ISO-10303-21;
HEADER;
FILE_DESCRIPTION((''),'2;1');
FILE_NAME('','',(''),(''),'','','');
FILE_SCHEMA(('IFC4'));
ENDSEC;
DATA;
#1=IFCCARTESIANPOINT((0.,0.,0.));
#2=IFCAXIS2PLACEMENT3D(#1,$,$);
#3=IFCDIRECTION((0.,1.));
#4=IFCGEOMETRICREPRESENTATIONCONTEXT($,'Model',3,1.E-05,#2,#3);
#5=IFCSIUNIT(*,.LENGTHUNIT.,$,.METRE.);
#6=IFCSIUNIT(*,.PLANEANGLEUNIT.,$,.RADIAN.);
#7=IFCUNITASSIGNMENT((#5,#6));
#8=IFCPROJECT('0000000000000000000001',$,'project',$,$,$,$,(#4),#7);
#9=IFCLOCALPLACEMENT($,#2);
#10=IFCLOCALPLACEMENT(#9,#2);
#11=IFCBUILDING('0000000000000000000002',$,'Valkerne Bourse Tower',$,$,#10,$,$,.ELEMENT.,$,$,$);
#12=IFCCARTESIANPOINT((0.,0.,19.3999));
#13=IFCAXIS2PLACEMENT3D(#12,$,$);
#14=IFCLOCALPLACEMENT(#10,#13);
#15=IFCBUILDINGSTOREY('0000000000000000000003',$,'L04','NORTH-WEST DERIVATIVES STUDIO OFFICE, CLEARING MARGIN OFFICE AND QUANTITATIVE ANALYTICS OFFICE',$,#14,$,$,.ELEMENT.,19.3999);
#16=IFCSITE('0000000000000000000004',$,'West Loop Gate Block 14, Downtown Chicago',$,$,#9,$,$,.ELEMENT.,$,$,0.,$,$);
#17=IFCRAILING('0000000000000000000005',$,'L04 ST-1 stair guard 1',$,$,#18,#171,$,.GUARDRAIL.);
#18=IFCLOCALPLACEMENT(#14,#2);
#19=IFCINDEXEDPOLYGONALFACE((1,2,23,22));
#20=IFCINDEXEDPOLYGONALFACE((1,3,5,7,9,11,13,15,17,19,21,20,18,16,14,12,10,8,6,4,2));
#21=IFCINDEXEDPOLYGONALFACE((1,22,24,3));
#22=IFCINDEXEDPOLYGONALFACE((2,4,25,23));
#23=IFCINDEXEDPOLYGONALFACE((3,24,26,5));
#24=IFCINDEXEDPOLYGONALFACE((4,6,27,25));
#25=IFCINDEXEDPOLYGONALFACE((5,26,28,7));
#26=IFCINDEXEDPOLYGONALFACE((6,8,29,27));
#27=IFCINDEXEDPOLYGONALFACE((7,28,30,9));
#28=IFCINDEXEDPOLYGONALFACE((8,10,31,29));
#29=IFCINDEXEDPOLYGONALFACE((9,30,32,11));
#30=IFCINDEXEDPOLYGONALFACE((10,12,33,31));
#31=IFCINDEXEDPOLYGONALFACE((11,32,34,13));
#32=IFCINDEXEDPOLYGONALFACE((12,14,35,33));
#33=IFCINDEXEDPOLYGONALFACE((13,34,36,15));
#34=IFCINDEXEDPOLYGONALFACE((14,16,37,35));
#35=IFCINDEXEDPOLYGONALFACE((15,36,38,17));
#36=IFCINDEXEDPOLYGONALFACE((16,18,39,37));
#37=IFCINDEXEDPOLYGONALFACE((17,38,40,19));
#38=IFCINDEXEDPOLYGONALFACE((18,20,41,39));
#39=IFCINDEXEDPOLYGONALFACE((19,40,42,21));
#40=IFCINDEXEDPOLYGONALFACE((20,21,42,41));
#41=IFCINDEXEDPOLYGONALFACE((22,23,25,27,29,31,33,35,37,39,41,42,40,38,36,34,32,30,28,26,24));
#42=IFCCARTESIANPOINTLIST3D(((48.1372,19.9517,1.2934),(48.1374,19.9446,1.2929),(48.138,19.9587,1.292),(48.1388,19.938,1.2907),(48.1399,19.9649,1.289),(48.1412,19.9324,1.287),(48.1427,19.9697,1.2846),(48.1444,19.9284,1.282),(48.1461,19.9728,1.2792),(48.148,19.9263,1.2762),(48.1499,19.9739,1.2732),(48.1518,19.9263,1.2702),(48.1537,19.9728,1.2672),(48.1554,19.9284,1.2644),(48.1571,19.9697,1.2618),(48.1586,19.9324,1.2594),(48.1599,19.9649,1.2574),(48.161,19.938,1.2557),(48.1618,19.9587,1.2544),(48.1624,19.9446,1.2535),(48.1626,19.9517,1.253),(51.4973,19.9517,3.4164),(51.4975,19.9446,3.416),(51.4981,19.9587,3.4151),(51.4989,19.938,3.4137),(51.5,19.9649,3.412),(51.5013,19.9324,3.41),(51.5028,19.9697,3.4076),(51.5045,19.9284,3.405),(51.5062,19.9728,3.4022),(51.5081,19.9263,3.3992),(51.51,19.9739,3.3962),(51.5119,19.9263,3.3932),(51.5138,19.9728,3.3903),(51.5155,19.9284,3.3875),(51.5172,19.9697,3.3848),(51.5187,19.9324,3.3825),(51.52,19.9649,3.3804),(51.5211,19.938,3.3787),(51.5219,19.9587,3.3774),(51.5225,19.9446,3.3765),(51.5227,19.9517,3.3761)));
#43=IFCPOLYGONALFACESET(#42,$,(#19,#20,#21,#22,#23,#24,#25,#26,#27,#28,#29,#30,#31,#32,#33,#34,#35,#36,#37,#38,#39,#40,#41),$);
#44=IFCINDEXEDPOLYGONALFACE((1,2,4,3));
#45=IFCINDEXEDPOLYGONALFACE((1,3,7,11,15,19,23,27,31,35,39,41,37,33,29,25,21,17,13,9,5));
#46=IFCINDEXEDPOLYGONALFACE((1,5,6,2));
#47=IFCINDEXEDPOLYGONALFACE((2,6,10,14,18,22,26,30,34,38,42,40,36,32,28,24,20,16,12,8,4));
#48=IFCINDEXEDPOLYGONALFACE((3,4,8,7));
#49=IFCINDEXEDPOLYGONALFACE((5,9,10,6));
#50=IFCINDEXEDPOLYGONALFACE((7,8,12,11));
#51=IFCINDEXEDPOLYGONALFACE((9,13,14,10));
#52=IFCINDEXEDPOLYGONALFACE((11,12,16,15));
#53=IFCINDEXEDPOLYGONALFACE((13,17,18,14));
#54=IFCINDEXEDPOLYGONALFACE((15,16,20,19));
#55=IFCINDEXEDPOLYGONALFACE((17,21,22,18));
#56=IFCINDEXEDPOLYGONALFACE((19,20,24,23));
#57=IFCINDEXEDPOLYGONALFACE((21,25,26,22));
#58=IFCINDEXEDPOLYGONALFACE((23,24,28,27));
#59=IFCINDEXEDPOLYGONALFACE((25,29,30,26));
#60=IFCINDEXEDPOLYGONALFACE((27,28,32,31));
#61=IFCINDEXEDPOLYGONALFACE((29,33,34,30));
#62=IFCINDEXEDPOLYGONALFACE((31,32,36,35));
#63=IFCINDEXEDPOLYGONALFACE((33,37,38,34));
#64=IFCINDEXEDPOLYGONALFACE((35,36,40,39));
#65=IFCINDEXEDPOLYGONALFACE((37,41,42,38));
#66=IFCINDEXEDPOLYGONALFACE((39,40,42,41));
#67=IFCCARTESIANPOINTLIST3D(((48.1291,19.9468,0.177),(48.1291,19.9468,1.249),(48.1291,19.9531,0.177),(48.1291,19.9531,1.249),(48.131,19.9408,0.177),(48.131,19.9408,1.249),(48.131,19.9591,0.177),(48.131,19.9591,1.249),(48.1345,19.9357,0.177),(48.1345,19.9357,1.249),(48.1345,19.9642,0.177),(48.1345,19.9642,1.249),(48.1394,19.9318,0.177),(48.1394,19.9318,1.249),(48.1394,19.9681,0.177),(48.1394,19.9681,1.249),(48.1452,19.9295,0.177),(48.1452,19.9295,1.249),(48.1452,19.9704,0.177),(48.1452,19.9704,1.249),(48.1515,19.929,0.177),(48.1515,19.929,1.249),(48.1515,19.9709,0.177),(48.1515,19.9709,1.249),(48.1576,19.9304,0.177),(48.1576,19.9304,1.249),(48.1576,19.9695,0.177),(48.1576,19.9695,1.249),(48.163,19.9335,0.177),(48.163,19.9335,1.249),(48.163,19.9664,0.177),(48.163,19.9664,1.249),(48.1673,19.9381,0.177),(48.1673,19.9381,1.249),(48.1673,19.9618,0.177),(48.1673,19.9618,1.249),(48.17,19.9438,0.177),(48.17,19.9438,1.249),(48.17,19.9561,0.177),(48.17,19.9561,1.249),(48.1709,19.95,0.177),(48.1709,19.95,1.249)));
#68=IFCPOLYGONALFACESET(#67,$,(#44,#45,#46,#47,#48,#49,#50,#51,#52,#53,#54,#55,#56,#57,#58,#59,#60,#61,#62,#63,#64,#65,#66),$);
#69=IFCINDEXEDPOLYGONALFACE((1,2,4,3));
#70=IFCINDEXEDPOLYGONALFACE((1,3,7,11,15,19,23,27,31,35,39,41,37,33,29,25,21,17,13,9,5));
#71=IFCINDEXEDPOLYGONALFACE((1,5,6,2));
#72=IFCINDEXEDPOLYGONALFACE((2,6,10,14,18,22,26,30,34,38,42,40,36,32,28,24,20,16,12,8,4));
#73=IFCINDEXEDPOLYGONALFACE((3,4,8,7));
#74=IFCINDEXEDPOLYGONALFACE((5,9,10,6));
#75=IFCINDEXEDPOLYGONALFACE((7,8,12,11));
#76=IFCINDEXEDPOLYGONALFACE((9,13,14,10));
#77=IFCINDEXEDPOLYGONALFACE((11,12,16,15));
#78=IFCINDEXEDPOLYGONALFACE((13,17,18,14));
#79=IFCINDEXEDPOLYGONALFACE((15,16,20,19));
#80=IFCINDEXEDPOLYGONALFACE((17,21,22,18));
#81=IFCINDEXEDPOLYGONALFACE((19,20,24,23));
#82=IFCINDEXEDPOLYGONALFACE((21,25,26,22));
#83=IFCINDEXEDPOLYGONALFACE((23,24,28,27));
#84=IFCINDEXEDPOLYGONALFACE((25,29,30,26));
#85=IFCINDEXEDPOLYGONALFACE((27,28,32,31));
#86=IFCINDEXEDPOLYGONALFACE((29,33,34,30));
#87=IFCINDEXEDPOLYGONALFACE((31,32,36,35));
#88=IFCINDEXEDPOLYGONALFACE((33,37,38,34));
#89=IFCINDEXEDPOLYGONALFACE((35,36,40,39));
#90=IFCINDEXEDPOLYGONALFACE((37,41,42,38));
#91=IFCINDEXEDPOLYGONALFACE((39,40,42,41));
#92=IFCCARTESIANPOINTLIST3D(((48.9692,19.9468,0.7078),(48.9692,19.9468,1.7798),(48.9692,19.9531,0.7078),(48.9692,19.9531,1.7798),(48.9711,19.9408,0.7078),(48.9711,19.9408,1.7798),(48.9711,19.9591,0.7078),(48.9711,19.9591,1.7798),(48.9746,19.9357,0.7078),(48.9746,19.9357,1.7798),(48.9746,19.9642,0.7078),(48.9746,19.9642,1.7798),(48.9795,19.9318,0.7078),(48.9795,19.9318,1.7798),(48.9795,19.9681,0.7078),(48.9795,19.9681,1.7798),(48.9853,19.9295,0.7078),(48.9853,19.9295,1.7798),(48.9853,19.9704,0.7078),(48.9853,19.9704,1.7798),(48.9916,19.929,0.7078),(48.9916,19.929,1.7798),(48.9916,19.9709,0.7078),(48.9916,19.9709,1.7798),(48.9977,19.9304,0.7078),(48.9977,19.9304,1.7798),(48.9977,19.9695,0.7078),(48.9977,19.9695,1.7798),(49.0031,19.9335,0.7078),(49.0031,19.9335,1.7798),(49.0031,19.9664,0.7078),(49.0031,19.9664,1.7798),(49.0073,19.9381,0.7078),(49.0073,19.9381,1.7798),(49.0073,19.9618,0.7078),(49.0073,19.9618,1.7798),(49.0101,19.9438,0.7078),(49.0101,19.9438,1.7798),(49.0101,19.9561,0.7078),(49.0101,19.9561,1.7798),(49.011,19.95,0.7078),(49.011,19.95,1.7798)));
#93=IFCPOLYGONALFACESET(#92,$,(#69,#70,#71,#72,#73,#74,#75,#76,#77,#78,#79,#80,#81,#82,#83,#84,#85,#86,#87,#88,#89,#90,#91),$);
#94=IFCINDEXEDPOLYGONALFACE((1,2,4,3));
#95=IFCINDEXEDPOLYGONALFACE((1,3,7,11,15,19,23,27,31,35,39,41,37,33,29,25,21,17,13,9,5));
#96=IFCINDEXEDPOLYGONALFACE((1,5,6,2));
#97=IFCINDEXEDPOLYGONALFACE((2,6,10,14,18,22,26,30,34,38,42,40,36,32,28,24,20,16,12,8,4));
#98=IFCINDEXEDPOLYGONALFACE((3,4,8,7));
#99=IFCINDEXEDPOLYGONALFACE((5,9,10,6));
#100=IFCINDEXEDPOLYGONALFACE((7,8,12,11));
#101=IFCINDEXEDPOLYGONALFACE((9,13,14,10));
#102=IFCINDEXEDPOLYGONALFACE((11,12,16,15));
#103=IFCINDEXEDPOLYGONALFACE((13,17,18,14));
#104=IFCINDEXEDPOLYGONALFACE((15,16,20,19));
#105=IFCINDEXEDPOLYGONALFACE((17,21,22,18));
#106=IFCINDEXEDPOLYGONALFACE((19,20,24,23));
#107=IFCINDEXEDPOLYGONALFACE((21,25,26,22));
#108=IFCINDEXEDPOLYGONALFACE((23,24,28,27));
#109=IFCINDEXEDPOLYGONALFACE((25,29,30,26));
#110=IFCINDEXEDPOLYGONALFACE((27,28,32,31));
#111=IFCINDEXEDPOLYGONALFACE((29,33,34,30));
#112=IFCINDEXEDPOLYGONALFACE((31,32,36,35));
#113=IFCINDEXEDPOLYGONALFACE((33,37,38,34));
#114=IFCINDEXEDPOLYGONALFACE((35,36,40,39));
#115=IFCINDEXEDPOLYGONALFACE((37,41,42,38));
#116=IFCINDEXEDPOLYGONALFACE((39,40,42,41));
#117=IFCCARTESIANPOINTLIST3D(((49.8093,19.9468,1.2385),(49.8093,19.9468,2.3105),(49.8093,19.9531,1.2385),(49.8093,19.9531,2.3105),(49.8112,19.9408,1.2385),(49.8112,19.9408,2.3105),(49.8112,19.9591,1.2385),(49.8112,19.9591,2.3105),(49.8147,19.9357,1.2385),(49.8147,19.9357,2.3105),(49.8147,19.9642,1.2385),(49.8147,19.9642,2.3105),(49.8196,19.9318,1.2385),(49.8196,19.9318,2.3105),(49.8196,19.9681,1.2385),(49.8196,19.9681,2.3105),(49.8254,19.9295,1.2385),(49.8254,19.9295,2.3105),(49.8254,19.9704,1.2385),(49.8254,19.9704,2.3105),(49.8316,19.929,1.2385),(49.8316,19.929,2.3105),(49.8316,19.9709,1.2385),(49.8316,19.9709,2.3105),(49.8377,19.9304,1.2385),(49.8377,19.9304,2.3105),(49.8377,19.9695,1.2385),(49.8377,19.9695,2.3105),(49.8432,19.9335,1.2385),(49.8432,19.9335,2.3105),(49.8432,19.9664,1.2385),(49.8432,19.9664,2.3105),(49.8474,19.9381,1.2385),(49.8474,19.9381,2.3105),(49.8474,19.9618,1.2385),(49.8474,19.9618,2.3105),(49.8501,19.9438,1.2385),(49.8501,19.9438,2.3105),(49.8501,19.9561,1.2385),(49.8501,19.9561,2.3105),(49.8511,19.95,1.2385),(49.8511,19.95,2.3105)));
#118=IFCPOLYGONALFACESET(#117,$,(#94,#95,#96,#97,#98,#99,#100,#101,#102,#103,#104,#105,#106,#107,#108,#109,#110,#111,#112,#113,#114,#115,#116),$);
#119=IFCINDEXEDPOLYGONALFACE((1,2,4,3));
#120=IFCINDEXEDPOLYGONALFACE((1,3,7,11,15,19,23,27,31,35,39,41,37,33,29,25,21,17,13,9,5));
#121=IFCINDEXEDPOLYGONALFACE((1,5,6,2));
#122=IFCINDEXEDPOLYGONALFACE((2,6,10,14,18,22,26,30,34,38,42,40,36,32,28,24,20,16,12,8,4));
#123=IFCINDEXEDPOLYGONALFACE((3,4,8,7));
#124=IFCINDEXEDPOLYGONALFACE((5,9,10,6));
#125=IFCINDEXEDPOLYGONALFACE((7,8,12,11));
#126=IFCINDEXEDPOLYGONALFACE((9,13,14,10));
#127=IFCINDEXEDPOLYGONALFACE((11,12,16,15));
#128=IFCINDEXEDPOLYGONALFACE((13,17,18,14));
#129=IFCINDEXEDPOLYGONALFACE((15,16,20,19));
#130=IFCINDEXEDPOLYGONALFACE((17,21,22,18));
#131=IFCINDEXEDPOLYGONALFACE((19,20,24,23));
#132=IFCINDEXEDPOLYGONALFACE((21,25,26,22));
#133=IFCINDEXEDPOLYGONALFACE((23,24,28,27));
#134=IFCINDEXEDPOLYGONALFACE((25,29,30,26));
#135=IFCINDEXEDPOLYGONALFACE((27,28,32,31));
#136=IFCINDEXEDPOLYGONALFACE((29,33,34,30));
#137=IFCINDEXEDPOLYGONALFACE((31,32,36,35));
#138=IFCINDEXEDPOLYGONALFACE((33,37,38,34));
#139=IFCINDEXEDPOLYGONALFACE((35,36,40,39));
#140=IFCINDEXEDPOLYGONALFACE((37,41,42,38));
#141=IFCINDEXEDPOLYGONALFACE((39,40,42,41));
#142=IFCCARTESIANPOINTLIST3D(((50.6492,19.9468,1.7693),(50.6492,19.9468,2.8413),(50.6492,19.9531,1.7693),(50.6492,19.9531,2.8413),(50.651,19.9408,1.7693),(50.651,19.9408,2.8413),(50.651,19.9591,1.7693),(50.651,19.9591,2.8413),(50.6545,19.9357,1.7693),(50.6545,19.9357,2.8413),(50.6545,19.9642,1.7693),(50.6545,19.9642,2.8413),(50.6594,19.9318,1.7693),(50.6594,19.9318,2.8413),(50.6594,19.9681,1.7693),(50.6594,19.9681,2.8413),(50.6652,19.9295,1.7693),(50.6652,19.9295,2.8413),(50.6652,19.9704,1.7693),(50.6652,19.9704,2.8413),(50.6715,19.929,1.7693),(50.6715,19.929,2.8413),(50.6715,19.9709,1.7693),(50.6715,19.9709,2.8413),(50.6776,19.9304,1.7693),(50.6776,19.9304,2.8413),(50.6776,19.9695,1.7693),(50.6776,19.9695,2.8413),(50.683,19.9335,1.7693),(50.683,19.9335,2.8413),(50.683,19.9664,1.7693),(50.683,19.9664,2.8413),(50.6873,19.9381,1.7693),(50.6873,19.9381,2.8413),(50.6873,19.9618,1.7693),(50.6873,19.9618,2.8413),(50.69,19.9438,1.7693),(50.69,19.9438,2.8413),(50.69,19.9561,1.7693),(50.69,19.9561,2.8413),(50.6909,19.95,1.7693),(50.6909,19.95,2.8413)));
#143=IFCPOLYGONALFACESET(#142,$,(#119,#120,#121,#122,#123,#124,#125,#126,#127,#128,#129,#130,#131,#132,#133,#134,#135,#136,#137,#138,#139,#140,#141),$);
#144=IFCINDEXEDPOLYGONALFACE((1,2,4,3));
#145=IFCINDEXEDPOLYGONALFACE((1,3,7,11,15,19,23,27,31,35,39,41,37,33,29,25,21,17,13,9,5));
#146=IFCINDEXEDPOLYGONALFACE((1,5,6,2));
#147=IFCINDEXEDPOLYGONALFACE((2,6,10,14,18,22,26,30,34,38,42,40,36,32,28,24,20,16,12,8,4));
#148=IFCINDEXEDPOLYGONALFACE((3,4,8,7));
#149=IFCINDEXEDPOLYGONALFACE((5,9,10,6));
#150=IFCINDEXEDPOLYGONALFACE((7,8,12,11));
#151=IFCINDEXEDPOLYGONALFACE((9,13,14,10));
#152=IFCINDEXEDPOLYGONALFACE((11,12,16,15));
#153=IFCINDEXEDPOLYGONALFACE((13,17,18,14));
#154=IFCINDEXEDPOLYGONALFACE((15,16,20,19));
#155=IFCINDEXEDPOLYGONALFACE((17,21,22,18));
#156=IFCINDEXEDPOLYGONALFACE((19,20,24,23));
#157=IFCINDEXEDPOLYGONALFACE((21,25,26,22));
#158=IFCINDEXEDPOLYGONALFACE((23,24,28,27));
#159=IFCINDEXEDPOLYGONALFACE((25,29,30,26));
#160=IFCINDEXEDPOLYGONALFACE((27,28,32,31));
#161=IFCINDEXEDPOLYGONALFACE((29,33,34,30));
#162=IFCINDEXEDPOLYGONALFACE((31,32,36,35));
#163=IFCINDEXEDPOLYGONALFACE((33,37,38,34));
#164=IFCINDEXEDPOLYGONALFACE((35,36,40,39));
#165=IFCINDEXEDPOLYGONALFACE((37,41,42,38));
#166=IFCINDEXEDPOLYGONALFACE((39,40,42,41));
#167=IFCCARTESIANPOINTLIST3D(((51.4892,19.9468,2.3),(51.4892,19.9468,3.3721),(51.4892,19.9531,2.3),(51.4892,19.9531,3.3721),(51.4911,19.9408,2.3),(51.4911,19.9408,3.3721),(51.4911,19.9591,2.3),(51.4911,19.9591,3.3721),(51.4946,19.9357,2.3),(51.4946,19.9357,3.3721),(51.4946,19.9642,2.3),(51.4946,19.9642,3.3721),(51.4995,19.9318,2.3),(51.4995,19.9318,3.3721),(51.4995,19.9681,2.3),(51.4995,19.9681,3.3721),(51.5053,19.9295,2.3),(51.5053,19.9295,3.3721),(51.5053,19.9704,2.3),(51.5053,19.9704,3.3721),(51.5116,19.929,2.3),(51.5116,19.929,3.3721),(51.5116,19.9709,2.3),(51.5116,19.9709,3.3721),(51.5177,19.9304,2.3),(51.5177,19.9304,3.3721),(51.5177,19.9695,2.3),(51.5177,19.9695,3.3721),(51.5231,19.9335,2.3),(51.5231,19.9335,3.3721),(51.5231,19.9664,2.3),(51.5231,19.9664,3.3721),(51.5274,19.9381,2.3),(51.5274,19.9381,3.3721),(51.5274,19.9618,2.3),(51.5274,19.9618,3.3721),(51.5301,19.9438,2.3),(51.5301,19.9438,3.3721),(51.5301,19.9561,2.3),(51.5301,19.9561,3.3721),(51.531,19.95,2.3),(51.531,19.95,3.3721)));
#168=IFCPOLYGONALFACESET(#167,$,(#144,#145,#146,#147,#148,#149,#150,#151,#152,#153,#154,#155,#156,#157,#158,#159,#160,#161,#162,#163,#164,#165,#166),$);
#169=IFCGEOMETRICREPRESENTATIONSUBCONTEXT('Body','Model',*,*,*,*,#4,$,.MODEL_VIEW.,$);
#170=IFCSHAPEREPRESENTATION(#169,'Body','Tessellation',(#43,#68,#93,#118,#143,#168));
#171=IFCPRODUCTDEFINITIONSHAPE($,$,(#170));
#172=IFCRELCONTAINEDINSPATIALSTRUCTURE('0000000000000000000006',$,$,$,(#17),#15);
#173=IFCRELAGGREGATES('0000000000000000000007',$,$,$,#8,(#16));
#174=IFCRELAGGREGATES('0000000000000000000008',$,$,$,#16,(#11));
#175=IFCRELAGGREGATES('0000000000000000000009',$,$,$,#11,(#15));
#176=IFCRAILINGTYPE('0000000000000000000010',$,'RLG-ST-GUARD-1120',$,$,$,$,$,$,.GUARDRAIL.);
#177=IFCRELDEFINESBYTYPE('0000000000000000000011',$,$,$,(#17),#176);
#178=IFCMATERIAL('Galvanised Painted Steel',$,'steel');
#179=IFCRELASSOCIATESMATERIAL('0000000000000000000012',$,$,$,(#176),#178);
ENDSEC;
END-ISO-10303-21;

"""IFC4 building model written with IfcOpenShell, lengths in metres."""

from ifc_helpers import new_model, si_unit, direction, frame, origin, origin_2d, place, context, subcontext, project, spatial, circle, extrude, material, type_object, element, save


model = new_model("IFC4")

# Units and contexts
model_context = context("Model", 3, precision=1e-05, world=origin(), true_north=direction((0.0, 1.0)))
body_context = subcontext(model_context, "Body", "Model", "MODEL_VIEW")
ifc_project = project(units=[si_unit("LENGTHUNIT", "METRE"), si_unit("PLANEANGLEUNIT", "RADIAN")], contexts=[model_context])

# Site, building, storey
site_placement = place(None, origin())
site = spatial("IfcSite", under=ifc_project, at=site_placement, Name="West Loop Gate Block 14, Downtown Chicago", CompositionType="ELEMENT", RefElevation=0.0)
building_placement = place(site_placement, origin())
building = spatial("IfcBuilding", under=site, at=building_placement, Name="Valkerne Bourse Tower", CompositionType="ELEMENT")
storey_placement = place(building_placement, frame((0.0, 0.0, 19.3999)))
storey = spatial("IfcBuildingStorey", under=building, at=storey_placement, Name="L04", Description="NORTH-WEST DERIVATIVES STUDIO OFFICE, CLEARING MARGIN OFFICE AND QUANTITATIVE ANALYTICS OFFICE", CompositionType="ELEMENT", Elevation=19.3999)

# Shared definitions
ifc_material_1 = material(Name="Galvanised Painted Steel", Category="steel")

# Railing
railing_type_1 = type_object("IfcRailingType", Name="RLG-ST-GUARD-1120", PredefinedType="GUARDRAIL", material=ifc_material_1)
railing_1_placement = place(storey_placement, frame((48.1499, 19.95, 0.177)))
element("IfcRailing", 1, at=railing_1_placement, inside=storey, type_object=railing_type_1, Name="L04 ST-1 stair guard 1", PredefinedType="GUARDRAIL", context=body_context, shape_type="SweptSolid", body=[
    extrude(circle(Radius=0.0239, at=origin_2d()), frame((0.0, 0.0, 1.0962), z_axis=(0.84539, 0.0, 0.53415), x_axis=(0.0, 1.0, 0.0)), (0.0, 0.0, 1.0), 3.9746),
    extrude(circle(Radius=0.021, at=origin_2d()), origin(), (0.0, 0.0, 1.0), 1.072),
    extrude(circle(Radius=0.021, at=origin_2d()), frame((0.8401, 0.0, 0.5308)), (0.0, 0.0, 1.0), 1.072),
    extrude(circle(Radius=0.021, at=origin_2d()), frame((1.6802, 0.0, 1.0615)), (0.0, 0.0, 1.0), 1.072),
    extrude(circle(Radius=0.021, at=origin_2d()), frame((2.52, 0.0, 1.5923)), (0.0, 0.0, 1.0), 1.072),
    extrude(circle(Radius=0.021, at=origin_2d()), frame((3.3601, 0.0, 2.123)), (0.0, 0.0, 1.0), 1.072),
])

save(model, "model.ifc")
